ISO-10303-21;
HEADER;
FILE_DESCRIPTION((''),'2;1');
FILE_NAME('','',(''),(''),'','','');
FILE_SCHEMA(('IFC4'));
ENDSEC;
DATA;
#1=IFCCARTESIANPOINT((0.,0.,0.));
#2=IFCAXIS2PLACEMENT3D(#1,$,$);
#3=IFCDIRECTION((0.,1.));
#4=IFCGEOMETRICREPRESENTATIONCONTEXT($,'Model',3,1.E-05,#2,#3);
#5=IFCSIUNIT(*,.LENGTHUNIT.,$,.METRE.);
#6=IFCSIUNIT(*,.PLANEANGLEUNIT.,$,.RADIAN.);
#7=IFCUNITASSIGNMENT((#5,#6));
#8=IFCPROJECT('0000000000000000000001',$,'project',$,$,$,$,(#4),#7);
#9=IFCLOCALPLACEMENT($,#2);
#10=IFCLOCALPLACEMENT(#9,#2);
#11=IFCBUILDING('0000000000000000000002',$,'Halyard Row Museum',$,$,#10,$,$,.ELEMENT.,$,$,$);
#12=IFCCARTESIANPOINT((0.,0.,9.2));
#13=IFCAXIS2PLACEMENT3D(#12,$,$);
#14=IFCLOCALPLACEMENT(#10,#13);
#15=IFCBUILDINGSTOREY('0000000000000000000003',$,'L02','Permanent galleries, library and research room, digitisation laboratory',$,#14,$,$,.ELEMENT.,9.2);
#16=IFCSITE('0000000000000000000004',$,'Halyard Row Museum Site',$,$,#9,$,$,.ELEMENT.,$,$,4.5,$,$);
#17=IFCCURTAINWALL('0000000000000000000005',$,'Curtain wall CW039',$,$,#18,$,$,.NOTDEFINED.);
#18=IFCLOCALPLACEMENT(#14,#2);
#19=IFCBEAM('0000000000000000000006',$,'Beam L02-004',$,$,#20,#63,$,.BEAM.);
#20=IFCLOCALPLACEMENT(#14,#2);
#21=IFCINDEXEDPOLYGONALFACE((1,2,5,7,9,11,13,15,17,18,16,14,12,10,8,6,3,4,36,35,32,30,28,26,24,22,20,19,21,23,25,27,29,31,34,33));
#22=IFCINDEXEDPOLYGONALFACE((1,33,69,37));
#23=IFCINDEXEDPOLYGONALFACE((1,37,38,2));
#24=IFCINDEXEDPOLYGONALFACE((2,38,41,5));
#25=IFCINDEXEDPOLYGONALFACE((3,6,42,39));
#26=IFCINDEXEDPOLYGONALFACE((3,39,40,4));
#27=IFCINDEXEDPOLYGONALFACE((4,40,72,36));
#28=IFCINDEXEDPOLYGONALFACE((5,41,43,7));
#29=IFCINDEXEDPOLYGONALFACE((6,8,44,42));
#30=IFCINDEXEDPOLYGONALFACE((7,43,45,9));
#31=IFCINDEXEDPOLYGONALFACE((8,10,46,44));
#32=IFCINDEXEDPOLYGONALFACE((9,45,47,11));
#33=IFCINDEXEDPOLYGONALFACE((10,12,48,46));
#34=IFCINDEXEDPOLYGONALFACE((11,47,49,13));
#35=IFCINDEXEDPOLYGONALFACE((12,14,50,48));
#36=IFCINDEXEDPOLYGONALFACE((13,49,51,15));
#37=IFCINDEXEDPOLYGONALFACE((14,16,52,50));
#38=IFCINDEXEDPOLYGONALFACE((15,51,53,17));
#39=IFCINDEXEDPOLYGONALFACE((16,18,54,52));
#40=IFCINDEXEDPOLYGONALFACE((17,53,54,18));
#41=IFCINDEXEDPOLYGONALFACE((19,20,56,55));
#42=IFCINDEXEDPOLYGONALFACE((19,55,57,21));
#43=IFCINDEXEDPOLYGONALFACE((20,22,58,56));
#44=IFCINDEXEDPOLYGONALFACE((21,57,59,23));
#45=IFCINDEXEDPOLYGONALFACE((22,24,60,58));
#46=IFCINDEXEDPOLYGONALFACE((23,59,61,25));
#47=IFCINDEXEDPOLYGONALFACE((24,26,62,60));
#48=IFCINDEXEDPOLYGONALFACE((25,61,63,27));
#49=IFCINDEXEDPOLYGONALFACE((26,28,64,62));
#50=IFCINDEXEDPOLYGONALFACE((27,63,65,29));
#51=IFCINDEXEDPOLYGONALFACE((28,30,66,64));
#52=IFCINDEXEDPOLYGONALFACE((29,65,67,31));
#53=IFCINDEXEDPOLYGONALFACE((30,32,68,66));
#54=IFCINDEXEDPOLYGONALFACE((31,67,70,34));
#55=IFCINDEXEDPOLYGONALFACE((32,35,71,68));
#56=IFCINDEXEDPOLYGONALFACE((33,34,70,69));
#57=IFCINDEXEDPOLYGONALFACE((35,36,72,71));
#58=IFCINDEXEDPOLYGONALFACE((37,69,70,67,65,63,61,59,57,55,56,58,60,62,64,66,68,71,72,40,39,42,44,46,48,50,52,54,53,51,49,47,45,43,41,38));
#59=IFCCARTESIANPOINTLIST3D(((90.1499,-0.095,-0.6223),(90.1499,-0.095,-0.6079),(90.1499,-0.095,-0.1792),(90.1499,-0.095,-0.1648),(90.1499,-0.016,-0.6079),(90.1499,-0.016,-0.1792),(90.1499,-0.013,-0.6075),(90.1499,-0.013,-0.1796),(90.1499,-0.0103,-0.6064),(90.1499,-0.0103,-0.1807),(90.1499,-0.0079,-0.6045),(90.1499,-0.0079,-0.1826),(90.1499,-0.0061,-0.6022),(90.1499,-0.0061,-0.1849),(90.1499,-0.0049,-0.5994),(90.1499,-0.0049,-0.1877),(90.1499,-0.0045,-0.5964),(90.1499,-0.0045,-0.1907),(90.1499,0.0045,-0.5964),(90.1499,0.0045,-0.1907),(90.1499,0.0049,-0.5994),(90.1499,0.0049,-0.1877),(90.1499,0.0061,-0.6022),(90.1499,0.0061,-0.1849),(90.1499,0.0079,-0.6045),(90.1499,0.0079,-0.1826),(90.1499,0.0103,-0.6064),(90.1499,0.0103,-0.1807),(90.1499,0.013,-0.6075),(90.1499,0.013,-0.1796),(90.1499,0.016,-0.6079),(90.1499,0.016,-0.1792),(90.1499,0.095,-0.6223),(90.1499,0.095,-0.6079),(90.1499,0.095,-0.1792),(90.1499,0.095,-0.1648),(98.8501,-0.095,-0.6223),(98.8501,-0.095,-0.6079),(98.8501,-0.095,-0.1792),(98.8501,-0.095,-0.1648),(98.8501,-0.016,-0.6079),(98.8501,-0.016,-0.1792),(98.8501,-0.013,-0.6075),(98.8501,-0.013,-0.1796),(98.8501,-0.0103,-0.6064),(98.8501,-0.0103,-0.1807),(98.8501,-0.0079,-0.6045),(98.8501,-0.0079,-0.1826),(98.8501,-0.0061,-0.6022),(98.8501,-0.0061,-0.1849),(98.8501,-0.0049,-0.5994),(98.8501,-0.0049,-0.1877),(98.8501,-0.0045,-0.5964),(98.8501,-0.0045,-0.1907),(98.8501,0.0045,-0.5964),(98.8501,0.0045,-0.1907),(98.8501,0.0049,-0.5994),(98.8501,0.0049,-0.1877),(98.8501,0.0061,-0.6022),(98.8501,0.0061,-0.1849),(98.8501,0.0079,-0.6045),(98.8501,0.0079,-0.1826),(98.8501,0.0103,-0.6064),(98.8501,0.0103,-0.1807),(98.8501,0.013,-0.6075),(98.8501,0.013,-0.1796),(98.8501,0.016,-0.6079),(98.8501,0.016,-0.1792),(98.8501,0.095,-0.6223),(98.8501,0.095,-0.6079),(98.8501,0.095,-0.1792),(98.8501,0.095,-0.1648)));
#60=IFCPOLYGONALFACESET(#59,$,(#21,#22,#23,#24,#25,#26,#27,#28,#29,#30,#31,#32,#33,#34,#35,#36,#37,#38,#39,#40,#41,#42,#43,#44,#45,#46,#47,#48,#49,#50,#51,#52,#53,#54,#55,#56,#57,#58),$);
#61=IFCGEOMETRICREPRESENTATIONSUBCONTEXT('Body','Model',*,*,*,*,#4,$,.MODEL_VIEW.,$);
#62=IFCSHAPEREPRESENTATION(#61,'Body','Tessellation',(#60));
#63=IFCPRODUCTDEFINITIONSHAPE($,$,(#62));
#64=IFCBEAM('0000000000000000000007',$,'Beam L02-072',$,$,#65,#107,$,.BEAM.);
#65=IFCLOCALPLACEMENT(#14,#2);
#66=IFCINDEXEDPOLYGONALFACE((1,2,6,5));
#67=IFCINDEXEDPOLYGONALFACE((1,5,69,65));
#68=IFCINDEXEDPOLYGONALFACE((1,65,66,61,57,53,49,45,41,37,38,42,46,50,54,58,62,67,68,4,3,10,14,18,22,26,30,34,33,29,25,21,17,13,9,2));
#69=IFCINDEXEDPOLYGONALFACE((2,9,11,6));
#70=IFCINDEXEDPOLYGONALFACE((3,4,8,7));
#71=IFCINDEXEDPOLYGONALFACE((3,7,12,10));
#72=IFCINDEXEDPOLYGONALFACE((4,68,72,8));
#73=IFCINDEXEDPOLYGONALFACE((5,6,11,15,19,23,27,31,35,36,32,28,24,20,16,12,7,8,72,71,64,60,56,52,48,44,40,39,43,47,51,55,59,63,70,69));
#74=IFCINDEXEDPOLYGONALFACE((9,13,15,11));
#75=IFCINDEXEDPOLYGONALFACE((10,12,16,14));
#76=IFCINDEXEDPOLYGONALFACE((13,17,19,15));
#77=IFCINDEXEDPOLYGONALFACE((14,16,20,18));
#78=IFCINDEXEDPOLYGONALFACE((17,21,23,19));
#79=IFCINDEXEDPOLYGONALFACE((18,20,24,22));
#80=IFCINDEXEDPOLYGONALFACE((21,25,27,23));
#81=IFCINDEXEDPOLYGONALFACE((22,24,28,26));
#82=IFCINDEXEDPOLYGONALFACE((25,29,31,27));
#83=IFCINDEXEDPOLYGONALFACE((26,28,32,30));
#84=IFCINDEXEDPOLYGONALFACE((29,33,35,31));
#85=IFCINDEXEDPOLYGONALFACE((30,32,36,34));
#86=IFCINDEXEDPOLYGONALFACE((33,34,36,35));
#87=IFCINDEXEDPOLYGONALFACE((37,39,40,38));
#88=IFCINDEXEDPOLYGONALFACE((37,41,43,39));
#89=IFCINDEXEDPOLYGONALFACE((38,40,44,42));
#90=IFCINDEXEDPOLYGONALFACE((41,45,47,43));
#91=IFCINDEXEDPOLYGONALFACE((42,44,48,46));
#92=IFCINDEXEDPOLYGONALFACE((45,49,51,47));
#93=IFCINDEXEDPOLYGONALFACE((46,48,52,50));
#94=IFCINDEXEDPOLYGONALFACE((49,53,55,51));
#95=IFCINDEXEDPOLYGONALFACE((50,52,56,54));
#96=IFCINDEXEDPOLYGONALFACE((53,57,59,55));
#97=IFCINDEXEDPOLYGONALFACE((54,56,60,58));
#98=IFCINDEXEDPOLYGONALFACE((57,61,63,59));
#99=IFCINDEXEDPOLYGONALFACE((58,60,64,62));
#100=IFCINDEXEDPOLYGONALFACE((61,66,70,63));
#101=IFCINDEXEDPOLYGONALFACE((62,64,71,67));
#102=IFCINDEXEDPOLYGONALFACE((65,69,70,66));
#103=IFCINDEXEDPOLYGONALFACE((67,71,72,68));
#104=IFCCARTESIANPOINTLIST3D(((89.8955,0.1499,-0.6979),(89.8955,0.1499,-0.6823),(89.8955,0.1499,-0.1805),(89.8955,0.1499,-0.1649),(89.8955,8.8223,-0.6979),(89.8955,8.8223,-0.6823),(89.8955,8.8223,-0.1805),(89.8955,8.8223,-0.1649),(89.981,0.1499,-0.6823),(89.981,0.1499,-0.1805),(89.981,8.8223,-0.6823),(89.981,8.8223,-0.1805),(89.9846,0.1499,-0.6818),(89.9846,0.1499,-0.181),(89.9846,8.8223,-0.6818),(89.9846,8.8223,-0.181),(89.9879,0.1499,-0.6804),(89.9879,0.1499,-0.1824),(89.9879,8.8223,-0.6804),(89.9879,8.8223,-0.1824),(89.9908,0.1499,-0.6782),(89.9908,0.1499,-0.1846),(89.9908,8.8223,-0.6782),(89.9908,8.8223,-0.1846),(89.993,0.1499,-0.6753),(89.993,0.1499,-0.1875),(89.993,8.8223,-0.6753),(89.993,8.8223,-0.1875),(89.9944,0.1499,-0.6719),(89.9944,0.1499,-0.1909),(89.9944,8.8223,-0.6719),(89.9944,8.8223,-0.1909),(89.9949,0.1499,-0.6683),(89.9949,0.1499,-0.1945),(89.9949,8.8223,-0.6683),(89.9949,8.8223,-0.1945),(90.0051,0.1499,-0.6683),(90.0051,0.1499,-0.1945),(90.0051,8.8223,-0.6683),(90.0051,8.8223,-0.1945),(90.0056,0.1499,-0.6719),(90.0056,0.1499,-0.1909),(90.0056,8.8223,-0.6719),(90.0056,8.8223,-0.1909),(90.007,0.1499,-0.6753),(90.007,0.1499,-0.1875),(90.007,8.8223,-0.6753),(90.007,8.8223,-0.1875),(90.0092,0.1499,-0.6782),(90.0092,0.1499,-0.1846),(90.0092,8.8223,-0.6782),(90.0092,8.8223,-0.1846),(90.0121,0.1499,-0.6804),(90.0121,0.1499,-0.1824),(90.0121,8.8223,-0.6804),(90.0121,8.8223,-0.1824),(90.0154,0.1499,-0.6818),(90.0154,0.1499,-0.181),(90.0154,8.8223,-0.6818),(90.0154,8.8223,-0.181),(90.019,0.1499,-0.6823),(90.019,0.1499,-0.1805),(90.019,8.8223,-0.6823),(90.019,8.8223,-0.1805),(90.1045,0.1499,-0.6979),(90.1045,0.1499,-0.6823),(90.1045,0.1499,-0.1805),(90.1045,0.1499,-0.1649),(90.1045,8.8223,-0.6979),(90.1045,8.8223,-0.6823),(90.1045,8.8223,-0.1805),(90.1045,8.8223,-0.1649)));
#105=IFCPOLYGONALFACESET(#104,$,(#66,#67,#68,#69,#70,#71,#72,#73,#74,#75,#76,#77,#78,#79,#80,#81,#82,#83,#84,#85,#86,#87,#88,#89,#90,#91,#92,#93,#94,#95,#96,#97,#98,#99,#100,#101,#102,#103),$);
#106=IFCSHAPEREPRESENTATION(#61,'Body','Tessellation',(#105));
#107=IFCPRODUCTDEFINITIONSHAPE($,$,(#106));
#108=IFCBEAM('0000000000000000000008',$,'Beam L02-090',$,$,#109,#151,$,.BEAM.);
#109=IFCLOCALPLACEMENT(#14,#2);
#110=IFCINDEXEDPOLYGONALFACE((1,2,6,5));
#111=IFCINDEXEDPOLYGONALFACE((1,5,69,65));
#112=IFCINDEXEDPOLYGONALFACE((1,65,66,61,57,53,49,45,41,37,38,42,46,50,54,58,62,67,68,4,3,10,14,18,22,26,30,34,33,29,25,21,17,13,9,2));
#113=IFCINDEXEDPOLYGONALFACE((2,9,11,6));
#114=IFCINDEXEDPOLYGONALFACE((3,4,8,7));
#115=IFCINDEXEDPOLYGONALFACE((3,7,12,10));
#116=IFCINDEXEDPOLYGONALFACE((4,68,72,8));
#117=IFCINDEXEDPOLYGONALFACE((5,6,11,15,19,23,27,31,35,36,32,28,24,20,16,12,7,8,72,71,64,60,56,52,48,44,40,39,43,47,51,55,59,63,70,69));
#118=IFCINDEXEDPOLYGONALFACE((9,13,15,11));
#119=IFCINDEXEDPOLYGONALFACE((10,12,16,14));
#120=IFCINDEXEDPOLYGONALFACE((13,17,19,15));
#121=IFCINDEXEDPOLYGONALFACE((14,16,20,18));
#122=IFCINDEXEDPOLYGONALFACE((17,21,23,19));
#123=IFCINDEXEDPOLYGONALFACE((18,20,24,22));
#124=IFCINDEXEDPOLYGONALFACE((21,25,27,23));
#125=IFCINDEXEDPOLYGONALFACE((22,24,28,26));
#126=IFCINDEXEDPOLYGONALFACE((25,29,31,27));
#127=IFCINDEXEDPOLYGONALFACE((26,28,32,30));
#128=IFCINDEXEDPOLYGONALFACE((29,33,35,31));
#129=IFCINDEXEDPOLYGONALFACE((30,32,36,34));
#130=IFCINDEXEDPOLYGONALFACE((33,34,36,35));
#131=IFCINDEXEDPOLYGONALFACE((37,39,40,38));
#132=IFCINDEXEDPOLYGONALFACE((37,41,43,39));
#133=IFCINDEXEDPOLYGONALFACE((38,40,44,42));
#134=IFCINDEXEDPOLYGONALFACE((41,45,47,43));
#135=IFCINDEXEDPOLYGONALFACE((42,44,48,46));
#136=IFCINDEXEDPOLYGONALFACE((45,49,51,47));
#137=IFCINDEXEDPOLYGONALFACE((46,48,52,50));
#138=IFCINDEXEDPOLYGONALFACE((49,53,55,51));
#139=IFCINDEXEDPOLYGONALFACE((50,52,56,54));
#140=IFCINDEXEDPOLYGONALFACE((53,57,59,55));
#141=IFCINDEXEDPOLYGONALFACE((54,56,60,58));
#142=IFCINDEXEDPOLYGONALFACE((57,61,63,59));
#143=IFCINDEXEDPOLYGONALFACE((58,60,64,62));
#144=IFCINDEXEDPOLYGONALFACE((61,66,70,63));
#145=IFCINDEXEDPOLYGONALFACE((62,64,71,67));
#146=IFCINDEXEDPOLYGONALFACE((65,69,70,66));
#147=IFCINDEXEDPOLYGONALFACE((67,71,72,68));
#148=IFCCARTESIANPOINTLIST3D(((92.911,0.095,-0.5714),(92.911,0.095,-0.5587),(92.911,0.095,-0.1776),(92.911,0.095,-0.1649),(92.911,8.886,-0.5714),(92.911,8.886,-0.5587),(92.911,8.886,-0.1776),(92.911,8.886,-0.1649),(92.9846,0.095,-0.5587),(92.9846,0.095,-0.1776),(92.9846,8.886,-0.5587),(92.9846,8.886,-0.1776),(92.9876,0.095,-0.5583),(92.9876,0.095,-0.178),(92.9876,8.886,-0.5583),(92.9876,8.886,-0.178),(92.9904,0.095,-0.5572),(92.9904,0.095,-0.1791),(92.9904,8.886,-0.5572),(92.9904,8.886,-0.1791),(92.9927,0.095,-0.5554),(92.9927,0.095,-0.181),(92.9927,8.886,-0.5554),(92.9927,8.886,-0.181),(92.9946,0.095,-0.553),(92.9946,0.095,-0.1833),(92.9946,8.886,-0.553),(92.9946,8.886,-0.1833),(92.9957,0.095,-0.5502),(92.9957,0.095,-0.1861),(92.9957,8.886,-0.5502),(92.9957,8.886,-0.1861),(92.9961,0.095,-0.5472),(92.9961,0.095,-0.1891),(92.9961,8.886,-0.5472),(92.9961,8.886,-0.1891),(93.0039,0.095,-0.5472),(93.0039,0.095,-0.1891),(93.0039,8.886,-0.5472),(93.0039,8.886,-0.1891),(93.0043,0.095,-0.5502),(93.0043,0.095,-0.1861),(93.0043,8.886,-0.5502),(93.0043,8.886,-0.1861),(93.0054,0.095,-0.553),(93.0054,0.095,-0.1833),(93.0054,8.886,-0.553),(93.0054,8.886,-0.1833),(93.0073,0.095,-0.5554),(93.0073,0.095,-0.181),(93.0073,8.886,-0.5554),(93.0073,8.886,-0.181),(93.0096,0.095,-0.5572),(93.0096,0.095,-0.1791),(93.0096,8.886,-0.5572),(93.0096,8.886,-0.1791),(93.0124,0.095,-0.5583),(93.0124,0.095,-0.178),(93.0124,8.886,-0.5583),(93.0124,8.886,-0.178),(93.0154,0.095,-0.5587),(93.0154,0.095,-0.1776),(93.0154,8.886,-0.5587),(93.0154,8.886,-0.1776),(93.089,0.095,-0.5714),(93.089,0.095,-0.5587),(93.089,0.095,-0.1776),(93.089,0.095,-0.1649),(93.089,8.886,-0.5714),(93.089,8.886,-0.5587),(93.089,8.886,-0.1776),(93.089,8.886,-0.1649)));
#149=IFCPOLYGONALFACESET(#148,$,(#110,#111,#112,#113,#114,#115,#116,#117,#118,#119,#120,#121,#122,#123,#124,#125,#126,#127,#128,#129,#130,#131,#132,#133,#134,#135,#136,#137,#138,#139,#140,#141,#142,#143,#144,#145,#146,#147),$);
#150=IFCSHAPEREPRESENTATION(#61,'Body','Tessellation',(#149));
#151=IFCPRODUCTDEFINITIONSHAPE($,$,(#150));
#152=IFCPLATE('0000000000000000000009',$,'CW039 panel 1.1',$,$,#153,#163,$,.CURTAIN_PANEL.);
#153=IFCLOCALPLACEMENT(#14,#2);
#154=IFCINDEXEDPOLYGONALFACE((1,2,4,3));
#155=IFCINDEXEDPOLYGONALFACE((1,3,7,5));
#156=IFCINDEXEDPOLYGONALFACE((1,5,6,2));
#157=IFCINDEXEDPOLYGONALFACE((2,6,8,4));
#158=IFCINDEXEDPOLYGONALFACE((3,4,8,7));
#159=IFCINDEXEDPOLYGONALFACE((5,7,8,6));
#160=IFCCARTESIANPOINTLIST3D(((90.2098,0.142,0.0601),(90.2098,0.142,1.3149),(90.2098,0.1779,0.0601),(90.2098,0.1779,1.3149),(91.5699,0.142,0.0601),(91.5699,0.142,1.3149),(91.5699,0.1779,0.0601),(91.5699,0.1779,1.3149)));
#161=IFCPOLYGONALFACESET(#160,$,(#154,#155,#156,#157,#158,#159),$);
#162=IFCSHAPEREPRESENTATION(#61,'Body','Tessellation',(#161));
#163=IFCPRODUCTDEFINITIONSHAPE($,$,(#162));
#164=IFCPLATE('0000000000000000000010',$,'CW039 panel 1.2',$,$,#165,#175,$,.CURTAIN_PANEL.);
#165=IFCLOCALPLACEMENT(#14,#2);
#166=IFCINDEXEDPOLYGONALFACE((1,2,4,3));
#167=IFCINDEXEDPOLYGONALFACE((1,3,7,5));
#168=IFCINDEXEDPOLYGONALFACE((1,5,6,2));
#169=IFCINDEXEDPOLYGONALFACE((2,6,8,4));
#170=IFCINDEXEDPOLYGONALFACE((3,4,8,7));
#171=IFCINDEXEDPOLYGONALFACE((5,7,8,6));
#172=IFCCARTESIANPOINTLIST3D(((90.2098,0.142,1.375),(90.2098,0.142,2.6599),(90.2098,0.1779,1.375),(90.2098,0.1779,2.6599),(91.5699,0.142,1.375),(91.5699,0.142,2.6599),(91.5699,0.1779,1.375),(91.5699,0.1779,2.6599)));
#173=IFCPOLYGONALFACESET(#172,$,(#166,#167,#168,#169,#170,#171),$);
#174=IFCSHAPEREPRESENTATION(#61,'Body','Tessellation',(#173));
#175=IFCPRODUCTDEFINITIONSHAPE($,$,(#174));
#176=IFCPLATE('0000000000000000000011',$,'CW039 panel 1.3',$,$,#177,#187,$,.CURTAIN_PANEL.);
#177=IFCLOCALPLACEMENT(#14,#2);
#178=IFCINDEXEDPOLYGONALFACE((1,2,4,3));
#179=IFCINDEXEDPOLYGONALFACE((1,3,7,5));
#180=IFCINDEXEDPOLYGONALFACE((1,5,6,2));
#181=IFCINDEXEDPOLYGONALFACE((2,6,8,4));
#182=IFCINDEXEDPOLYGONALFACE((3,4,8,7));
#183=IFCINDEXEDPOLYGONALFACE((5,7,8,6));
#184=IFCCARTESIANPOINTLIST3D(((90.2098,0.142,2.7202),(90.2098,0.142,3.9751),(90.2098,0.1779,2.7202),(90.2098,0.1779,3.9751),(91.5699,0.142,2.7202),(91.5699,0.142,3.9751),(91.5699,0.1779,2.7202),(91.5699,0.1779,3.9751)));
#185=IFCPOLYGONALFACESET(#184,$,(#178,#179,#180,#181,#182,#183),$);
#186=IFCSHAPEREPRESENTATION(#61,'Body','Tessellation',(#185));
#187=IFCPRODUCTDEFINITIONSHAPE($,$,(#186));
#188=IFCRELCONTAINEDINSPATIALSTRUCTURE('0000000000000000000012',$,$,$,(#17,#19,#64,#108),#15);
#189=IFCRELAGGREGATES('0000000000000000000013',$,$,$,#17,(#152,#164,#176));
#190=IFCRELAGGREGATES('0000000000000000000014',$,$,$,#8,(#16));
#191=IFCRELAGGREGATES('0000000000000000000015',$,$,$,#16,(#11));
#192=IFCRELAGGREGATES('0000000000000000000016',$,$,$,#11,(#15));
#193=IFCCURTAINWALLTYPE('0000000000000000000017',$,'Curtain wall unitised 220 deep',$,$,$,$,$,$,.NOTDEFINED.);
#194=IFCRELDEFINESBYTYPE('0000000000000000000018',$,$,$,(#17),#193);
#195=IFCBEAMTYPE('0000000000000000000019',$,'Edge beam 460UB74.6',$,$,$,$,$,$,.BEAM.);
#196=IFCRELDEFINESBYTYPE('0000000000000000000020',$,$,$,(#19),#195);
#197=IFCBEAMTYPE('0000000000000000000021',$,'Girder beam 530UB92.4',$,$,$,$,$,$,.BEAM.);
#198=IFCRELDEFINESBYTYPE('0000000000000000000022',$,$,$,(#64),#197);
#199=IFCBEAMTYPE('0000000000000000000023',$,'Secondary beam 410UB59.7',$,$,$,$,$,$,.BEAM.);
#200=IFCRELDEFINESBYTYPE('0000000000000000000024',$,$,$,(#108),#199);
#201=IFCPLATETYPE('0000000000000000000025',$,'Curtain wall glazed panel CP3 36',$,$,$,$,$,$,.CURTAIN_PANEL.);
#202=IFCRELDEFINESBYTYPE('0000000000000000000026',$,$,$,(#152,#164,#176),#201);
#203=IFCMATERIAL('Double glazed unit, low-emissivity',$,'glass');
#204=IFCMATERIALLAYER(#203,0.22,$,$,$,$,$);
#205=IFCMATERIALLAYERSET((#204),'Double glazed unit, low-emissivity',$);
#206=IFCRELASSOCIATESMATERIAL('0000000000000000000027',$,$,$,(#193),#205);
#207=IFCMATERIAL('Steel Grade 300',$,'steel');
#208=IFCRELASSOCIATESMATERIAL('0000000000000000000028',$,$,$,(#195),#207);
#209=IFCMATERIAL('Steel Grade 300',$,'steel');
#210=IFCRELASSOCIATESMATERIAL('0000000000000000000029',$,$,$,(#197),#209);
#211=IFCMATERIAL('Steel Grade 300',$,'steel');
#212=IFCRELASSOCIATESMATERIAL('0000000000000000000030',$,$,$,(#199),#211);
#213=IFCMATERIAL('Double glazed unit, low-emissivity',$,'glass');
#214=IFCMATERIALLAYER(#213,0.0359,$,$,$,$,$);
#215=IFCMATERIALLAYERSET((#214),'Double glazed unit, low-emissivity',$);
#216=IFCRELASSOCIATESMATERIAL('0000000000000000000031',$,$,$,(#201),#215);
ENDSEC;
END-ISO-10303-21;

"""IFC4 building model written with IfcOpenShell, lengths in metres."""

from ifc_helpers import new_model, si_unit, direction, frame, origin, origin_2d, place, context, subcontext, project, spatial, rectangle, i_section, extrude, material, layer, layer_set, material_profile, profile_set, type_object, element, aggregate, save


model = new_model("IFC4")

# Units and contexts
model_context = context("Model", 3, precision=1e-05, world=origin(), true_north=direction((0.0, 1.0)))
body_context = subcontext(model_context, "Body", "Model", "MODEL_VIEW")
ifc_project = project(units=[si_unit("LENGTHUNIT", "METRE"), si_unit("PLANEANGLEUNIT", "RADIAN")], contexts=[model_context])

# Site, building, storey
site_placement = place(None, origin())
site = spatial("IfcSite", under=ifc_project, at=site_placement, Name="Halyard Row Museum Site", CompositionType="ELEMENT", RefElevation=4.5)
building_placement = place(site_placement, origin())
building = spatial("IfcBuilding", under=site, at=building_placement, Name="Halyard Row Museum", CompositionType="ELEMENT")
storey_placement = place(building_placement, frame((0.0, 0.0, 9.2)))
storey = spatial("IfcBuildingStorey", under=building, at=storey_placement, Name="L02", Description="Permanent galleries, library and research room, digitisation laboratory", CompositionType="ELEMENT", Elevation=9.2)

# Curtain wall
ifc_material_1 = material(Name="Double glazed unit, low-emissivity", Category="glass")
ifc_layer_1 = layer(ifc_material_1, 0.22)
ifc_layer_set_1 = layer_set([ifc_layer_1], Name="Double glazed unit, low-emissivity")
curtain_wall_type = type_object("IfcCurtainWallType", Name="Curtain wall unitised 220 deep", PredefinedType="NOTDEFINED", material=ifc_layer_set_1)
curtain_wall_placement = place(storey_placement, origin())
curtain_wall = element("IfcCurtainWall", 1, at=curtain_wall_placement, inside=storey, type_object=curtain_wall_type, Name="Curtain wall CW039", PredefinedType="NOTDEFINED")

# Beams
ifc_material_2 = material(Name="Steel Grade 300", Category="steel")
ifc_material_profile_1 = material_profile(ifc_material_2, i_section(OverallWidth=0.1899, OverallDepth=0.4575, WebThickness=0.009, FlangeThickness=0.0144, FilletRadius=0.0115, at=origin_2d()), Name="460UB74.6")
ifc_profile_set_1 = profile_set([ifc_material_profile_1], Name="Steel Grade 300")
beam_type_1 = type_object("IfcBeamType", Name="Edge beam 460UB74.6", PredefinedType="BEAM", material=ifc_profile_set_1)
beam_1_placement = place(storey_placement, frame((90.1499, 0.0, -0.3936), z_axis=(1.0, 0.0, 0.0), x_axis=(0.0, 1.0, 0.0)))
element("IfcBeam", 2, at=beam_1_placement, inside=storey, type_object=beam_type_1, Name="Beam L02-004", PredefinedType="BEAM", context=body_context, shape_type="SweptSolid", body=[
    extrude(i_section(OverallWidth=0.1899, OverallDepth=0.4575, WebThickness=0.009, FlangeThickness=0.0144, FilletRadius=0.0115, at=origin_2d()), origin(), (0.0, 0.0, 1.0), 8.7002),
])
ifc_material_3 = material(Name="Steel Grade 300", Category="steel")
ifc_material_profile_2 = material_profile(ifc_material_3, i_section(OverallWidth=0.209, OverallDepth=0.533, WebThickness=0.0103, FlangeThickness=0.0156, FilletRadius=0.0139, at=origin_2d()), Name="530UB92.4")
ifc_profile_set_2 = profile_set([ifc_material_profile_2], Name="Steel Grade 300")
beam_type_2 = type_object("IfcBeamType", Name="Girder beam 530UB92.4", PredefinedType="BEAM", material=ifc_profile_set_2)
beam_2_placement = place(storey_placement, frame((90.0, 0.1499, -0.4314), z_axis=(0.0, 1.0, 0.0), x_axis=(-1.0, 0.0, 0.0)))
element("IfcBeam", 3, at=beam_2_placement, inside=storey, type_object=beam_type_2, Name="Beam L02-072", PredefinedType="BEAM", context=body_context, shape_type="SweptSolid", body=[
    extrude(i_section(OverallWidth=0.209, OverallDepth=0.533, WebThickness=0.0103, FlangeThickness=0.0156, FilletRadius=0.0139, at=origin_2d()), origin(), (0.0, 0.0, 1.0), 8.6724),
])
ifc_material_4 = material(Name="Steel Grade 300", Category="steel")
ifc_material_profile_3 = material_profile(ifc_material_4, i_section(OverallWidth=0.178, OverallDepth=0.4065, WebThickness=0.0078, FlangeThickness=0.0127, FilletRadius=0.0115, at=origin_2d()), Name="410UB59.7")
ifc_profile_set_3 = profile_set([ifc_material_profile_3], Name="Steel Grade 300")
beam_type_3 = type_object("IfcBeamType", Name="Secondary beam 410UB59.7", PredefinedType="BEAM", material=ifc_profile_set_3)
beam_3_placement = place(storey_placement, frame((93.0, 0.095, -0.3682), z_axis=(0.0, 1.0, 0.0), x_axis=(-1.0, 0.0, 0.0)))
element("IfcBeam", 4, at=beam_3_placement, inside=storey, type_object=beam_type_3, Name="Beam L02-090", PredefinedType="BEAM", context=body_context, shape_type="SweptSolid", body=[
    extrude(i_section(OverallWidth=0.178, OverallDepth=0.4065, WebThickness=0.0078, FlangeThickness=0.0127, FilletRadius=0.0115, at=origin_2d()), origin(), (0.0, 0.0, 1.0), 8.791),
])

# Plates
ifc_material_5 = material(Name="Double glazed unit, low-emissivity", Category="glass")
ifc_layer_2 = layer(ifc_material_5, 0.0359)
ifc_layer_set_2 = layer_set([ifc_layer_2], Name="Double glazed unit, low-emissivity")
plate_type = type_object("IfcPlateType", Name="Curtain wall glazed panel CP3 36", PredefinedType="CURTAIN_PANEL", material=ifc_layer_set_2)
plate_1_placement = place(storey_placement, frame((90.8899, 0.1599, 0.0601), z_axis=(0.0, 0.0, 1.0), x_axis=(1.0, 0.0, 0.0)))
plate_1 = element("IfcPlate", 5, at=plate_1_placement, type_object=plate_type, Name="CW039 panel 1.1", PredefinedType="CURTAIN_PANEL", context=body_context, shape_type="SweptSolid", body=[
    extrude(rectangle(XDim=1.3601, YDim=0.0359, at=origin_2d()), origin(), (0.0, 0.0, 1.0), 1.2549),
])
plate_2_placement = place(storey_placement, frame((90.8899, 0.1599, 1.375), z_axis=(0.0, 0.0, 1.0), x_axis=(1.0, 0.0, 0.0)))
plate_2 = element("IfcPlate", 6, at=plate_2_placement, type_object=plate_type, Name="CW039 panel 1.2", PredefinedType="CURTAIN_PANEL", context=body_context, shape_type="SweptSolid", body=[
    extrude(rectangle(XDim=1.3601, YDim=0.0359, at=origin_2d()), origin(), (0.0, 0.0, 1.0), 1.2849),
])
plate_3_placement = place(storey_placement, frame((90.8899, 0.1599, 2.7202), z_axis=(0.0, 0.0, 1.0), x_axis=(1.0, 0.0, 0.0)))
plate_3 = element("IfcPlate", 7, at=plate_3_placement, type_object=plate_type, Name="CW039 panel 1.3", PredefinedType="CURTAIN_PANEL", context=body_context, shape_type="SweptSolid", body=[
    extrude(rectangle(XDim=1.3601, YDim=0.0359, at=origin_2d()), origin(), (0.0, 0.0, 1.0), 1.2549),
])
aggregate(curtain_wall, [plate_1, plate_2, plate_3])

save(model, "model.ifc")
